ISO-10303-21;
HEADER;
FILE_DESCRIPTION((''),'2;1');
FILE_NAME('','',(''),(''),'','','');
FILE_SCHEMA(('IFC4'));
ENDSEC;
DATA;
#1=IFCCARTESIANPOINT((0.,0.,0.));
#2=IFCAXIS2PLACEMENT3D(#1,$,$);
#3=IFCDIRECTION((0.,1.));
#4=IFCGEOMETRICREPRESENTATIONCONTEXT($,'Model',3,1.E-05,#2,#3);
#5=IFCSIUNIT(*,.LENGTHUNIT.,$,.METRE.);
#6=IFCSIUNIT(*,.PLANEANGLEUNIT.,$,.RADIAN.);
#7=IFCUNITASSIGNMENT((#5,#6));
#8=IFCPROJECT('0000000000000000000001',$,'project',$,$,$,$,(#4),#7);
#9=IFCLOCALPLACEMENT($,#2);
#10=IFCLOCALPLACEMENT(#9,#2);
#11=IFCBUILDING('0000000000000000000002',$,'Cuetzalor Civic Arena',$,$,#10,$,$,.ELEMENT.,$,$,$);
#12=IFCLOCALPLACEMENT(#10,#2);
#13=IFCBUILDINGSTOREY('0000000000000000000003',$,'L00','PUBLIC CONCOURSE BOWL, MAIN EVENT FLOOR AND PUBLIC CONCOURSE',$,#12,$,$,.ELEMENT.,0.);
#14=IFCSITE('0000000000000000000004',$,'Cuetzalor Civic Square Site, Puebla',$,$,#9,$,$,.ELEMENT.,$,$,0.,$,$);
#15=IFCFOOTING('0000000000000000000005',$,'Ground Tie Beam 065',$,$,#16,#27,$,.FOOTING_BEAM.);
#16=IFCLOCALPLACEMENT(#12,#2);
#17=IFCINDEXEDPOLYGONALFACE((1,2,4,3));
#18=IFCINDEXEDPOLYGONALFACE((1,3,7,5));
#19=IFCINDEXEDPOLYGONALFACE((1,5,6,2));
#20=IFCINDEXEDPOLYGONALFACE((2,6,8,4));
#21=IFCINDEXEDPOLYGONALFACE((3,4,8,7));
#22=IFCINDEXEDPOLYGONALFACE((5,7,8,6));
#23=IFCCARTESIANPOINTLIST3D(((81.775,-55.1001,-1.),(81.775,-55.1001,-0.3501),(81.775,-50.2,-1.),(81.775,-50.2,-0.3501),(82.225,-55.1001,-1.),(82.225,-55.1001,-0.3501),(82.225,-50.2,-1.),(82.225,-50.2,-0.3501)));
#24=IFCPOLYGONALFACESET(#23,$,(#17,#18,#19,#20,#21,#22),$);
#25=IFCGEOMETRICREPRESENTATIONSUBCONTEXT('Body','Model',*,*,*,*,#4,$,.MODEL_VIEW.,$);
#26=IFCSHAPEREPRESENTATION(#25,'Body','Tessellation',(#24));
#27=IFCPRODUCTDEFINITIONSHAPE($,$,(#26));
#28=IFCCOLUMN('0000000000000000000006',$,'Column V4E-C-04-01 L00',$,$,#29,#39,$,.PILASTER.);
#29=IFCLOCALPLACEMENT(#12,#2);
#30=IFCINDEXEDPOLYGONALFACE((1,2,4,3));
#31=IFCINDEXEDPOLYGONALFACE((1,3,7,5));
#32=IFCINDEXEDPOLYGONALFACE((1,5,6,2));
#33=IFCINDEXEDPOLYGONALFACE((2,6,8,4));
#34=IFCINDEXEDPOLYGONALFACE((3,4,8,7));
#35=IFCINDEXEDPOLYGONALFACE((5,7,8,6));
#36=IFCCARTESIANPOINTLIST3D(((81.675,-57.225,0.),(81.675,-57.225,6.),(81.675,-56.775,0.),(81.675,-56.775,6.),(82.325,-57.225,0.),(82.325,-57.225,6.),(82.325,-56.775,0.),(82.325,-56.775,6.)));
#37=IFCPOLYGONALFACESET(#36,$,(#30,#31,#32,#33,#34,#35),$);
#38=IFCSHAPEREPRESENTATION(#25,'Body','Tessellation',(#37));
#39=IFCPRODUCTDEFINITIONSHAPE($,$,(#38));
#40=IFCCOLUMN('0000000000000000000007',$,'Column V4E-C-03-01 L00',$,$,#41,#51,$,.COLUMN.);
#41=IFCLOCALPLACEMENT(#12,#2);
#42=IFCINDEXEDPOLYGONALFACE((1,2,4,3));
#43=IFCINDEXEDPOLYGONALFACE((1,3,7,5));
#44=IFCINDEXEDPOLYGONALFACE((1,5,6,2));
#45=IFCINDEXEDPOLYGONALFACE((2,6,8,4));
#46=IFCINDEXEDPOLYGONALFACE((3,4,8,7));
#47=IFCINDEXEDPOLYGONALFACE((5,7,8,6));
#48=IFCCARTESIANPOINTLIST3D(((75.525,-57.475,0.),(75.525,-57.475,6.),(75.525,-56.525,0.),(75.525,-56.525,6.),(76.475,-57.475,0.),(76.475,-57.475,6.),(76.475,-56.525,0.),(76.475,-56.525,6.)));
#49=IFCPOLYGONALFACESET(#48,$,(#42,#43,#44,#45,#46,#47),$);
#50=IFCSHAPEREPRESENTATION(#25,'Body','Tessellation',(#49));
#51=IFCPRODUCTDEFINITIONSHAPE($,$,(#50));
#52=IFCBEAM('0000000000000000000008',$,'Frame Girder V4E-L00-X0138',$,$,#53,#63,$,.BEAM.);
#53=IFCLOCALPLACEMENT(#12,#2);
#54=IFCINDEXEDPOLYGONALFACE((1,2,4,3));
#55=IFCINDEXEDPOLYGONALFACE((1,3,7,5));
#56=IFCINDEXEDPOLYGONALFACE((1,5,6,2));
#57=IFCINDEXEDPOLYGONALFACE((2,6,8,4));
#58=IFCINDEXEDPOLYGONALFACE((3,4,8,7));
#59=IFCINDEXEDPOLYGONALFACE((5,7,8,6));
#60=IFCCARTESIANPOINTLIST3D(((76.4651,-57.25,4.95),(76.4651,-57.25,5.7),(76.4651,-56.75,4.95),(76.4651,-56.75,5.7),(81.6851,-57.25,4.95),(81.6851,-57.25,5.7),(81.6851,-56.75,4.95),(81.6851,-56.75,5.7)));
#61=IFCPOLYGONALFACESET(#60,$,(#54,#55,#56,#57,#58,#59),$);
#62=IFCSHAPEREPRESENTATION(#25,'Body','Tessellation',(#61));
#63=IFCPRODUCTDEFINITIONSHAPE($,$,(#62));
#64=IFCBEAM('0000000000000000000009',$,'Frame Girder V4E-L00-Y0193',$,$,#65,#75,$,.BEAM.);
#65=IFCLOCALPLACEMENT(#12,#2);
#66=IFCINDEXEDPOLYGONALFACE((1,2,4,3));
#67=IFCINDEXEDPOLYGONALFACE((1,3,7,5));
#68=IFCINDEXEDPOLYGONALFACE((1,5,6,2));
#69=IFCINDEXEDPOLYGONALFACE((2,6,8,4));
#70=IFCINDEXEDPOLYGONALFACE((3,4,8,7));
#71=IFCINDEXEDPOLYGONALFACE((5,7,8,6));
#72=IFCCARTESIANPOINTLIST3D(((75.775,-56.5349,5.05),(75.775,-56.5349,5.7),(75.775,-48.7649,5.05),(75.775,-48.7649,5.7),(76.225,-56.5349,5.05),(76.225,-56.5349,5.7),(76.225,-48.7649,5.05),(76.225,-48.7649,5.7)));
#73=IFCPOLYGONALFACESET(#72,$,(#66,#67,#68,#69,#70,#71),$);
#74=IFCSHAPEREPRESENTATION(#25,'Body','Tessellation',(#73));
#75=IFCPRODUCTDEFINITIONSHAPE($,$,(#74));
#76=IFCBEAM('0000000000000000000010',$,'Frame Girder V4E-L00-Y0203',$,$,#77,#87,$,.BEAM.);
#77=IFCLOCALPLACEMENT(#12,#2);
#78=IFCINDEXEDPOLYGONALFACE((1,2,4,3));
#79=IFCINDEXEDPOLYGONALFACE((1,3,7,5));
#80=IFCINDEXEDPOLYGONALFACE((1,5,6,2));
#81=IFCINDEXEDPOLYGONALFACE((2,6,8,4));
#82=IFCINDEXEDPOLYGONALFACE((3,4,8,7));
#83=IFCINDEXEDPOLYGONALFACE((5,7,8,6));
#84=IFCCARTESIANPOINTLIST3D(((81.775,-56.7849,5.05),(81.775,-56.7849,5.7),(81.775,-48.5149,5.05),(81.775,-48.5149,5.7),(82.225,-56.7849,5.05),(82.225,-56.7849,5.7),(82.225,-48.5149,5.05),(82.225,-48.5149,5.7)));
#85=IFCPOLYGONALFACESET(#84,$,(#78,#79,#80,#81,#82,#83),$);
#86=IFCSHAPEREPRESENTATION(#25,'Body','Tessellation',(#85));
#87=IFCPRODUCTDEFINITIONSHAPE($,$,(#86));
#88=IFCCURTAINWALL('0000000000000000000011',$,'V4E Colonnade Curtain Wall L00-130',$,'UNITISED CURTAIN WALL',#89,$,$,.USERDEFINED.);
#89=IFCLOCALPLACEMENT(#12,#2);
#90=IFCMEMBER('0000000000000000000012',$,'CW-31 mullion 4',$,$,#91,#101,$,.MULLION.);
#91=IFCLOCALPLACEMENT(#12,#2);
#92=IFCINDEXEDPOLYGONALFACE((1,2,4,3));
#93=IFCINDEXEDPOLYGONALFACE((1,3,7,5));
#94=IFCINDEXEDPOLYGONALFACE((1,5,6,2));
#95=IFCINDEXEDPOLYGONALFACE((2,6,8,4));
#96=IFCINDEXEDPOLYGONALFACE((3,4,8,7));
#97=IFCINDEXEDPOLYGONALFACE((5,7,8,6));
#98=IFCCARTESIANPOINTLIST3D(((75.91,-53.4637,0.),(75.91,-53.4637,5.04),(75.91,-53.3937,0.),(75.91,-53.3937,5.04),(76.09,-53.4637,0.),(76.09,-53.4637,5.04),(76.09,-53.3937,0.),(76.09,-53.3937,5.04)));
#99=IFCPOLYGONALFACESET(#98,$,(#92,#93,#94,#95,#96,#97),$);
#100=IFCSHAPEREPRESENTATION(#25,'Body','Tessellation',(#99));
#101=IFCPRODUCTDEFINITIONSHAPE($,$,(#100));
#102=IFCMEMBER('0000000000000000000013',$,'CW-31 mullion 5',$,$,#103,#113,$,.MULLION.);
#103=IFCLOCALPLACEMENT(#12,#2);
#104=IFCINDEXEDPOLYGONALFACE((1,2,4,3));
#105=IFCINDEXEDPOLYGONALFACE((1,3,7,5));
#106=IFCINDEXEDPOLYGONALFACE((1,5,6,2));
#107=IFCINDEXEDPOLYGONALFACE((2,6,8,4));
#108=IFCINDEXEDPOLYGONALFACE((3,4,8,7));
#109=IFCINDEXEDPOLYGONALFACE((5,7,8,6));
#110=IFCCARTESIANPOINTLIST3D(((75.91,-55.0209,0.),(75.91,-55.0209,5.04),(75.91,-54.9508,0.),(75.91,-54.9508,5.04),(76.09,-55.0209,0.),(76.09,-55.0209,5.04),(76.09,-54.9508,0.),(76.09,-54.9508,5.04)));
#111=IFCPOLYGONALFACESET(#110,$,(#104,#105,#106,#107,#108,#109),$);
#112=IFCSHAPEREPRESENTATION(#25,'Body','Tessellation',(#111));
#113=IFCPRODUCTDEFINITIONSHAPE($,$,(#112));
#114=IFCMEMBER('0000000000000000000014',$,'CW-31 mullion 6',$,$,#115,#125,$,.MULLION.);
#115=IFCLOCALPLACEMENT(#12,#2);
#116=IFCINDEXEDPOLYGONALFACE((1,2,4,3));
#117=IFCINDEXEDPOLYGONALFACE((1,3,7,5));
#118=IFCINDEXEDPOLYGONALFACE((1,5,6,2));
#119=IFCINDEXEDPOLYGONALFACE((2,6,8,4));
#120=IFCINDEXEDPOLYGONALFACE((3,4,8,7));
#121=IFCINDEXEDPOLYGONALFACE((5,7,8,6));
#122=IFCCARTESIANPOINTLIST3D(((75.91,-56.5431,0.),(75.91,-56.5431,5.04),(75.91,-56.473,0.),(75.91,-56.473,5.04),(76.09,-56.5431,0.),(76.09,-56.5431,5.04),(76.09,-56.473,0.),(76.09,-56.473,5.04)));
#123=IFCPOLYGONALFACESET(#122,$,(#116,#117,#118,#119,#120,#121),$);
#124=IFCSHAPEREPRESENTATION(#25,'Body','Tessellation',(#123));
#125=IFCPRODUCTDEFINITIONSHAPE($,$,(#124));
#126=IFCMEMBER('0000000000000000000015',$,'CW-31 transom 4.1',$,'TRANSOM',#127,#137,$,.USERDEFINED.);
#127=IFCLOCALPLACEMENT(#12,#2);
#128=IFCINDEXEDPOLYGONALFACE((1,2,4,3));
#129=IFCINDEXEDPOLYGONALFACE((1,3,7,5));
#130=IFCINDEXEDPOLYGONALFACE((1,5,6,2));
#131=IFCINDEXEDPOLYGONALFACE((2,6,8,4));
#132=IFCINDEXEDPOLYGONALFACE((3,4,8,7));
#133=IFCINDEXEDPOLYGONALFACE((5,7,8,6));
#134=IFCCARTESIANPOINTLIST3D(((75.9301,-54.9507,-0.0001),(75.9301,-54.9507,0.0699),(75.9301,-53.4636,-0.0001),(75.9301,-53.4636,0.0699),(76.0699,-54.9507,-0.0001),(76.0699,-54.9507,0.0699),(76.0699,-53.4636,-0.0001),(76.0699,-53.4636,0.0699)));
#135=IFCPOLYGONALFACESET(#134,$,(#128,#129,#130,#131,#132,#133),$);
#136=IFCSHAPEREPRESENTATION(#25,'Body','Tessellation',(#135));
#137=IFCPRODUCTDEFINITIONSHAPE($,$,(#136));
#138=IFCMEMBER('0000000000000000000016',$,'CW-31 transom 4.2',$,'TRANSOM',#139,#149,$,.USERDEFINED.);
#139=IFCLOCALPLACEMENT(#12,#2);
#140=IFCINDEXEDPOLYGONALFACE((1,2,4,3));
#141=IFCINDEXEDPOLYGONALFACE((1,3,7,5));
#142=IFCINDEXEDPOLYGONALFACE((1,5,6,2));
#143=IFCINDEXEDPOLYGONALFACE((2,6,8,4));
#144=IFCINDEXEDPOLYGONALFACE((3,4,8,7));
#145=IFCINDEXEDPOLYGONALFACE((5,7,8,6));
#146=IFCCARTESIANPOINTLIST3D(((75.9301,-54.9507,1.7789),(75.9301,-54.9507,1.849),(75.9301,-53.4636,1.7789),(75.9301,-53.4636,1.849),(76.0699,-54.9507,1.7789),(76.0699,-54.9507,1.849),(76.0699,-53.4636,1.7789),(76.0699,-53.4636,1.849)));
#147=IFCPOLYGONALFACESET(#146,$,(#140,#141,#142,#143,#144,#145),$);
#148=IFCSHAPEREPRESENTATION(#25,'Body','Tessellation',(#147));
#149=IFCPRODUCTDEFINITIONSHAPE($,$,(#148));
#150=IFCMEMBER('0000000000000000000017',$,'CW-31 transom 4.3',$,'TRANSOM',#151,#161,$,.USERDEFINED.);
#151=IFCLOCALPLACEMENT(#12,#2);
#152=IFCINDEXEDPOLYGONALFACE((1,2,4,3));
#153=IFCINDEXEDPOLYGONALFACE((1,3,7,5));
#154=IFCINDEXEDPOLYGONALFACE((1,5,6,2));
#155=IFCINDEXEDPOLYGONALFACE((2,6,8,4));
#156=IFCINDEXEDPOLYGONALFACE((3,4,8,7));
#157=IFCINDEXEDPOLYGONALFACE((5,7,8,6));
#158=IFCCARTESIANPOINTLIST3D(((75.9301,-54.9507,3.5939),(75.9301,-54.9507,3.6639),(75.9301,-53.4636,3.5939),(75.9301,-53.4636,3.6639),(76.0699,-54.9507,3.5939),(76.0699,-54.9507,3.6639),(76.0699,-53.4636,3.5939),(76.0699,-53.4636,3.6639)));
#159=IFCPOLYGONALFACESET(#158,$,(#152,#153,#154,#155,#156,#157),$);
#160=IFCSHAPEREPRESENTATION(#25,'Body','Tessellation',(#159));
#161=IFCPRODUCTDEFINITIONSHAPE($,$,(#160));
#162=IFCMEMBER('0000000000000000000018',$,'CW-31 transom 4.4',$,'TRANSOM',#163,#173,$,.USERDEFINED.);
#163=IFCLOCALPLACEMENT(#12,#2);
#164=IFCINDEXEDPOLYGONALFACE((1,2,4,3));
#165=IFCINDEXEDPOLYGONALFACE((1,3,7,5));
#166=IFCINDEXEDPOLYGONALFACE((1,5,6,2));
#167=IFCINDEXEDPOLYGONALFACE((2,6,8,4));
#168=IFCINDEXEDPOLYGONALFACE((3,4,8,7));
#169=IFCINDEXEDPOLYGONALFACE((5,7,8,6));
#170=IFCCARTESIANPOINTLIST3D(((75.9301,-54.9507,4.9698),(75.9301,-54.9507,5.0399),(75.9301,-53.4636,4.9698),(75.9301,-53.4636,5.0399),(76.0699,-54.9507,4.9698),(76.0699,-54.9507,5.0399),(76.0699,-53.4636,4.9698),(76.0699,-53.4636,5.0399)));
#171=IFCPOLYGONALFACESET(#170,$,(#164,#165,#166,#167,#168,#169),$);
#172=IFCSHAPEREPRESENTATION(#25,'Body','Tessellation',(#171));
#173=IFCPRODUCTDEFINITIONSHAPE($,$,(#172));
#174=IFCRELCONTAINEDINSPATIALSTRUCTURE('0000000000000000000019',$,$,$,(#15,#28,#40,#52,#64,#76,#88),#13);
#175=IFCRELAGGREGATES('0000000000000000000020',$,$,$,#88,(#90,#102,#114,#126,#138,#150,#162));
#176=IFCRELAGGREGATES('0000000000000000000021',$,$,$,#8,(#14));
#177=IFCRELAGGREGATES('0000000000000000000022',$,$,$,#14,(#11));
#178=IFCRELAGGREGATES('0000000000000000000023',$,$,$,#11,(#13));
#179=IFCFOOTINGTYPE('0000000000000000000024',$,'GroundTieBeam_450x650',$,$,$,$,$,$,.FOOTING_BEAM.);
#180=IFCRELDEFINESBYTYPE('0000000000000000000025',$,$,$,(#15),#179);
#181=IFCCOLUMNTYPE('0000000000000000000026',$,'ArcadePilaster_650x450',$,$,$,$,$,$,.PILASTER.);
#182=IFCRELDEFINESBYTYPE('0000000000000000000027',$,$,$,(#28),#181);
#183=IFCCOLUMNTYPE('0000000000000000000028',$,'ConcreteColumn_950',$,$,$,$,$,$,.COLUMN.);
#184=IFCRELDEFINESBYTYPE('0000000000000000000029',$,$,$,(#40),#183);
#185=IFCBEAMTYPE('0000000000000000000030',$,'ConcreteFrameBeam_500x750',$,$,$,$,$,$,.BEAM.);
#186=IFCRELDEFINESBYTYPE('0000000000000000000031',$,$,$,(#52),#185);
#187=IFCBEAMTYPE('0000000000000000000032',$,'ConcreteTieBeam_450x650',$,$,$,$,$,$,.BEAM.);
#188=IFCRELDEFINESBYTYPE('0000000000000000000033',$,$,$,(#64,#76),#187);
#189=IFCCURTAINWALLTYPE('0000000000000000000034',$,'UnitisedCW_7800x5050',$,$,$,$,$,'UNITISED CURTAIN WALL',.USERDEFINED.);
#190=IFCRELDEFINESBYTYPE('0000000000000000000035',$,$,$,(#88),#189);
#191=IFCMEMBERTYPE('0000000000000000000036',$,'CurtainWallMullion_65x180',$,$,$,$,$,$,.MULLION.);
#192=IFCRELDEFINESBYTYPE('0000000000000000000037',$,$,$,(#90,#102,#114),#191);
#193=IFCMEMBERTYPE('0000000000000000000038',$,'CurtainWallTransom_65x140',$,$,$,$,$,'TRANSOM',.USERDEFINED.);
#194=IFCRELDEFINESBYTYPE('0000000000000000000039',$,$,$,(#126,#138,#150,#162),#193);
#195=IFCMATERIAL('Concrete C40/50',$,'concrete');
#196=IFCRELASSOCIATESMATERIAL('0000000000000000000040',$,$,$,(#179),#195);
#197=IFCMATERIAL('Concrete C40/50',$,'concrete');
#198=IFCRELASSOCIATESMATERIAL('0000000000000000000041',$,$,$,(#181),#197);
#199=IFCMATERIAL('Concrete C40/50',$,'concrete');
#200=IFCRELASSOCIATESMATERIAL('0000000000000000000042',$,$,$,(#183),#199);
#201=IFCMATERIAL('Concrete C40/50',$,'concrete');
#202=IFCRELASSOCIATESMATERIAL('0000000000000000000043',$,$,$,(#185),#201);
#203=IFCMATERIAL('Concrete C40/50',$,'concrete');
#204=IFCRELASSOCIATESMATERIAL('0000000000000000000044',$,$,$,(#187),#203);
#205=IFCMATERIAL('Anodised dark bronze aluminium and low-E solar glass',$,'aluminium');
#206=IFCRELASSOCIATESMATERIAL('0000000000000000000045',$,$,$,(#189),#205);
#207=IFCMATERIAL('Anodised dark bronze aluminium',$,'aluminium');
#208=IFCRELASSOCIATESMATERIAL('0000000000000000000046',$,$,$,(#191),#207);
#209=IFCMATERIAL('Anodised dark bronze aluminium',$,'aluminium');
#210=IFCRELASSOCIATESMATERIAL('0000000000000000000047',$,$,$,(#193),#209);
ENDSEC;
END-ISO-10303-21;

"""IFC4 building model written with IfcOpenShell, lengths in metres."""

from ifc_helpers import new_model, si_unit, direction, frame, origin, origin_2d, place, context, subcontext, project, spatial, rectangle, extrude, material, material_profile, profile_set, type_object, element, aggregate, save


model = new_model("IFC4")

# Units and contexts
model_context = context("Model", 3, precision=1e-05, world=origin(), true_north=direction((0.0, 1.0)))
body_context = subcontext(model_context, "Body", "Model", "MODEL_VIEW")
ifc_project = project(units=[si_unit("LENGTHUNIT", "METRE"), si_unit("PLANEANGLEUNIT", "RADIAN")], contexts=[model_context])

# Site, building, storey
site_placement = place(None, origin())
site = spatial("IfcSite", under=ifc_project, at=site_placement, Name="Cuetzalor Civic Square Site, Puebla", CompositionType="ELEMENT", RefElevation=0.0)
building_placement = place(site_placement, origin())
building = spatial("IfcBuilding", under=site, at=building_placement, Name="Cuetzalor Civic Arena", CompositionType="ELEMENT")
storey_placement = place(building_placement, origin())
storey = spatial("IfcBuildingStorey", under=building, at=storey_placement, Name="L00", Description="PUBLIC CONCOURSE BOWL, MAIN EVENT FLOOR AND PUBLIC CONCOURSE", CompositionType="ELEMENT", Elevation=0.0)

# Footing
ifc_material_1 = material(Name="Concrete C40/50", Category="concrete")
ifc_material_profile_1 = material_profile(ifc_material_1, rectangle(XDim=0.45, YDim=0.6499, at=origin_2d()), Name="RC 450x650")
ifc_profile_set_1 = profile_set([ifc_material_profile_1], Name="Concrete C40/50")
footing_type_1 = type_object("IfcFootingType", Name="GroundTieBeam_450x650", PredefinedType="FOOTING_BEAM", material=ifc_profile_set_1)
footing_1_placement = place(storey_placement, frame((82.0, -55.1001, -0.675), z_axis=(0.0, 1.0, 0.0), x_axis=(-1.0, 0.0, 0.0)))
element("IfcFooting", 1, at=footing_1_placement, inside=storey, type_object=footing_type_1, Name="Ground Tie Beam 065", PredefinedType="FOOTING_BEAM", context=body_context, shape_type="SweptSolid", body=[
    extrude(rectangle(XDim=0.45, YDim=0.6499, at=origin_2d()), origin(), (0.0, 0.0, 1.0), 4.9001),
])

# Columns
ifc_material_2 = material(Name="Concrete C40/50", Category="concrete")
ifc_material_profile_2 = material_profile(ifc_material_2, rectangle(XDim=0.6499, YDim=0.45, at=origin_2d()), Name="RC 650x450")
ifc_profile_set_2 = profile_set([ifc_material_profile_2], Name="Concrete C40/50")
column_type_1 = type_object("IfcColumnType", Name="ArcadePilaster_650x450", PredefinedType="PILASTER", material=ifc_profile_set_2)
column_1_placement = place(storey_placement, frame((82.0, -57.0, 0.0), z_axis=(0.0, 0.0, 1.0), x_axis=(1.0, 0.0, 0.0)))
element("IfcColumn", 2, at=column_1_placement, inside=storey, type_object=column_type_1, Name="Column V4E-C-04-01 L00", PredefinedType="PILASTER", context=body_context, shape_type="SweptSolid", body=[
    extrude(rectangle(XDim=0.6499, YDim=0.45, at=origin_2d()), origin(), (0.0, 0.0, 1.0), 6.0),
])
ifc_material_3 = material(Name="Concrete C40/50", Category="concrete")
ifc_material_profile_3 = material_profile(ifc_material_3, rectangle(XDim=0.95, YDim=0.95, at=origin_2d()), Name="RC 950x950")
ifc_profile_set_3 = profile_set([ifc_material_profile_3], Name="Concrete C40/50")
column_type_2 = type_object("IfcColumnType", Name="ConcreteColumn_950", PredefinedType="COLUMN", material=ifc_profile_set_3)
column_2_placement = place(storey_placement, frame((76.0, -57.0, 0.0), z_axis=(0.0, 0.0, 1.0), x_axis=(1.0, 0.0, 0.0)))
element("IfcColumn", 3, at=column_2_placement, inside=storey, type_object=column_type_2, Name="Column V4E-C-03-01 L00", PredefinedType="COLUMN", context=body_context, shape_type="SweptSolid", body=[
    extrude(rectangle(XDim=0.95, YDim=0.95, at=origin_2d()), origin(), (0.0, 0.0, 1.0), 6.0),
])

# Beams
ifc_material_4 = material(Name="Concrete C40/50", Category="concrete")
ifc_material_profile_4 = material_profile(ifc_material_4, rectangle(XDim=0.5, YDim=0.75, at=origin_2d()), Name="RC 500x750")
ifc_profile_set_4 = profile_set([ifc_material_profile_4], Name="Concrete C40/50")
beam_type_1 = type_object("IfcBeamType", Name="ConcreteFrameBeam_500x750", PredefinedType="BEAM", material=ifc_profile_set_4)
beam_1_placement = place(storey_placement, frame((76.4651, -57.0, 5.325), z_axis=(1.0, 0.0, 0.0), x_axis=(0.0, 1.0, 0.0)))
element("IfcBeam", 4, at=beam_1_placement, inside=storey, type_object=beam_type_1, Name="Frame Girder V4E-L00-X0138", PredefinedType="BEAM", context=body_context, shape_type="SweptSolid", body=[
    extrude(rectangle(XDim=0.5, YDim=0.75, at=origin_2d()), origin(), (0.0, 0.0, 1.0), 5.22),
])
ifc_material_5 = material(Name="Concrete C40/50", Category="concrete")
ifc_material_profile_5 = material_profile(ifc_material_5, rectangle(XDim=0.45, YDim=0.6499, at=origin_2d()), Name="RC 450x650")
ifc_profile_set_5 = profile_set([ifc_material_profile_5], Name="Concrete C40/50")
beam_type_2 = type_object("IfcBeamType", Name="ConcreteTieBeam_450x650", PredefinedType="BEAM", material=ifc_profile_set_5)
beam_2_placement = place(storey_placement, frame((76.0, -56.5349, 5.375), z_axis=(0.0, 1.0, 0.0), x_axis=(-1.0, 0.0, 0.0)))
element("IfcBeam", 5, at=beam_2_placement, inside=storey, type_object=beam_type_2, Name="Frame Girder V4E-L00-Y0193", PredefinedType="BEAM", context=body_context, shape_type="SweptSolid", body=[
    extrude(rectangle(XDim=0.45, YDim=0.6499, at=origin_2d()), origin(), (0.0, 0.0, 1.0), 7.77),
])
beam_3_placement = place(storey_placement, frame((82.0, -56.7849, 5.375), z_axis=(0.0, 1.0, 0.0), x_axis=(-1.0, 0.0, 0.0)))
element("IfcBeam", 6, at=beam_3_placement, inside=storey, type_object=beam_type_2, Name="Frame Girder V4E-L00-Y0203", PredefinedType="BEAM", context=body_context, shape_type="SweptSolid", body=[
    extrude(rectangle(XDim=0.45, YDim=0.6499, at=origin_2d()), origin(), (0.0, 0.0, 1.0), 8.27),
])

# Curtain wall, members
ifc_material_6 = material(Name="Anodised dark bronze aluminium and low-E solar glass", Category="aluminium")
curtain_wall_type = type_object("IfcCurtainWallType", Name="UnitisedCW_7800x5050", ElementType="UNITISED CURTAIN WALL", PredefinedType="USERDEFINED", material=ifc_material_6)
curtain_wall_placement = place(storey_placement, origin())
curtain_wall = element("IfcCurtainWall", 7, at=curtain_wall_placement, inside=storey, type_object=curtain_wall_type, Name="V4E Colonnade Curtain Wall L00-130", ObjectType="UNITISED CURTAIN WALL", PredefinedType="USERDEFINED")
ifc_material_7 = material(Name="Anodised dark bronze aluminium", Category="aluminium")
ifc_material_profile_6 = material_profile(ifc_material_7, rectangle(XDim=0.0701, YDim=0.1799, at=origin_2d()), Name="ALU MULLION 70x180")
ifc_profile_set_6 = profile_set([ifc_material_profile_6], Name="Anodised dark bronze aluminium")
member_type_1 = type_object("IfcMemberType", Name="CurtainWallMullion_65x180", PredefinedType="MULLION", material=ifc_profile_set_6)
member_1_placement = place(storey_placement, frame((76.0, -53.4287, 0.0), z_axis=(0.0, 0.0, 1.0), x_axis=(0.0, -1.0, 0.0)))
member_1 = element("IfcMember", 8, at=member_1_placement, type_object=member_type_1, Name="CW-31 mullion 4", PredefinedType="MULLION", context=body_context, shape_type="SweptSolid", body=[
    extrude(rectangle(XDim=0.0701, YDim=0.1799, at=origin_2d()), origin(), (0.0, 0.0, 1.0), 5.04),
])
member_2_placement = place(storey_placement, frame((76.0, -54.9858, 0.0), z_axis=(0.0, 0.0, 1.0), x_axis=(0.0, -1.0, 0.0)))
member_2 = element("IfcMember", 9, at=member_2_placement, type_object=member_type_1, Name="CW-31 mullion 5", PredefinedType="MULLION", context=body_context, shape_type="SweptSolid", body=[
    extrude(rectangle(XDim=0.0701, YDim=0.1799, at=origin_2d()), origin(), (0.0, 0.0, 1.0), 5.04),
])
member_3_placement = place(storey_placement, frame((76.0, -56.5081, 0.0), z_axis=(0.0, 0.0, 1.0), x_axis=(0.0, -1.0, 0.0)))
member_3 = element("IfcMember", 10, at=member_3_placement, type_object=member_type_1, Name="CW-31 mullion 6", PredefinedType="MULLION", context=body_context, shape_type="SweptSolid", body=[
    extrude(rectangle(XDim=0.0701, YDim=0.1799, at=origin_2d()), origin(), (0.0, 0.0, 1.0), 5.04),
])
ifc_material_8 = material(Name="Anodised dark bronze aluminium", Category="aluminium")
ifc_material_profile_7 = material_profile(ifc_material_8, rectangle(XDim=0.1399, YDim=0.0701, at=origin_2d()), Name="ALU TRANSOM 70x140")
ifc_profile_set_7 = profile_set([ifc_material_profile_7], Name="Anodised dark bronze aluminium")
member_type_2 = type_object("IfcMemberType", Name="CurtainWallTransom_65x140", ElementType="TRANSOM", PredefinedType="USERDEFINED", material=ifc_profile_set_7)
member_4_placement = place(storey_placement, frame((76.0, -53.4636, 0.0349), z_axis=(0.0, -1.0, 0.0), x_axis=(1.0, 0.0, 0.0)))
member_4 = element("IfcMember", 11, at=member_4_placement, type_object=member_type_2, Name="CW-31 transom 4.1", ObjectType="TRANSOM", PredefinedType="USERDEFINED", context=body_context, shape_type="SweptSolid", body=[
    extrude(rectangle(XDim=0.1399, YDim=0.0701, at=origin_2d()), origin(), (0.0, 0.0, 1.0), 1.4871),
])
member_5_placement = place(storey_placement, frame((76.0, -53.4636, 1.814), z_axis=(0.0, -1.0, 0.0), x_axis=(1.0, 0.0, 0.0)))
member_5 = element("IfcMember", 12, at=member_5_placement, type_object=member_type_2, Name="CW-31 transom 4.2", ObjectType="TRANSOM", PredefinedType="USERDEFINED", context=body_context, shape_type="SweptSolid", body=[
    extrude(rectangle(XDim=0.1399, YDim=0.0701, at=origin_2d()), origin(), (0.0, 0.0, 1.0), 1.4871),
])
member_6_placement = place(storey_placement, frame((76.0, -53.4636, 3.6289), z_axis=(0.0, -1.0, 0.0), x_axis=(1.0, 0.0, 0.0)))
member_6 = element("IfcMember", 13, at=member_6_placement, type_object=member_type_2, Name="CW-31 transom 4.3", ObjectType="TRANSOM", PredefinedType="USERDEFINED", context=body_context, shape_type="SweptSolid", body=[
    extrude(rectangle(XDim=0.1399, YDim=0.0701, at=origin_2d()), origin(), (0.0, 0.0, 1.0), 1.4871),
])
member_7_placement = place(storey_placement, frame((76.0, -53.4636, 5.0049), z_axis=(0.0, -1.0, 0.0), x_axis=(1.0, 0.0, 0.0)))
member_7 = element("IfcMember", 14, at=member_7_placement, type_object=member_type_2, Name="CW-31 transom 4.4", ObjectType="TRANSOM", PredefinedType="USERDEFINED", context=body_context, shape_type="SweptSolid", body=[
    extrude(rectangle(XDim=0.1399, YDim=0.0701, at=origin_2d()), origin(), (0.0, 0.0, 1.0), 1.4871),
])

aggregate(curtain_wall, [member_1, member_2, member_3, member_4, member_5, member_6, member_7])

save(model, "model.ifc")
